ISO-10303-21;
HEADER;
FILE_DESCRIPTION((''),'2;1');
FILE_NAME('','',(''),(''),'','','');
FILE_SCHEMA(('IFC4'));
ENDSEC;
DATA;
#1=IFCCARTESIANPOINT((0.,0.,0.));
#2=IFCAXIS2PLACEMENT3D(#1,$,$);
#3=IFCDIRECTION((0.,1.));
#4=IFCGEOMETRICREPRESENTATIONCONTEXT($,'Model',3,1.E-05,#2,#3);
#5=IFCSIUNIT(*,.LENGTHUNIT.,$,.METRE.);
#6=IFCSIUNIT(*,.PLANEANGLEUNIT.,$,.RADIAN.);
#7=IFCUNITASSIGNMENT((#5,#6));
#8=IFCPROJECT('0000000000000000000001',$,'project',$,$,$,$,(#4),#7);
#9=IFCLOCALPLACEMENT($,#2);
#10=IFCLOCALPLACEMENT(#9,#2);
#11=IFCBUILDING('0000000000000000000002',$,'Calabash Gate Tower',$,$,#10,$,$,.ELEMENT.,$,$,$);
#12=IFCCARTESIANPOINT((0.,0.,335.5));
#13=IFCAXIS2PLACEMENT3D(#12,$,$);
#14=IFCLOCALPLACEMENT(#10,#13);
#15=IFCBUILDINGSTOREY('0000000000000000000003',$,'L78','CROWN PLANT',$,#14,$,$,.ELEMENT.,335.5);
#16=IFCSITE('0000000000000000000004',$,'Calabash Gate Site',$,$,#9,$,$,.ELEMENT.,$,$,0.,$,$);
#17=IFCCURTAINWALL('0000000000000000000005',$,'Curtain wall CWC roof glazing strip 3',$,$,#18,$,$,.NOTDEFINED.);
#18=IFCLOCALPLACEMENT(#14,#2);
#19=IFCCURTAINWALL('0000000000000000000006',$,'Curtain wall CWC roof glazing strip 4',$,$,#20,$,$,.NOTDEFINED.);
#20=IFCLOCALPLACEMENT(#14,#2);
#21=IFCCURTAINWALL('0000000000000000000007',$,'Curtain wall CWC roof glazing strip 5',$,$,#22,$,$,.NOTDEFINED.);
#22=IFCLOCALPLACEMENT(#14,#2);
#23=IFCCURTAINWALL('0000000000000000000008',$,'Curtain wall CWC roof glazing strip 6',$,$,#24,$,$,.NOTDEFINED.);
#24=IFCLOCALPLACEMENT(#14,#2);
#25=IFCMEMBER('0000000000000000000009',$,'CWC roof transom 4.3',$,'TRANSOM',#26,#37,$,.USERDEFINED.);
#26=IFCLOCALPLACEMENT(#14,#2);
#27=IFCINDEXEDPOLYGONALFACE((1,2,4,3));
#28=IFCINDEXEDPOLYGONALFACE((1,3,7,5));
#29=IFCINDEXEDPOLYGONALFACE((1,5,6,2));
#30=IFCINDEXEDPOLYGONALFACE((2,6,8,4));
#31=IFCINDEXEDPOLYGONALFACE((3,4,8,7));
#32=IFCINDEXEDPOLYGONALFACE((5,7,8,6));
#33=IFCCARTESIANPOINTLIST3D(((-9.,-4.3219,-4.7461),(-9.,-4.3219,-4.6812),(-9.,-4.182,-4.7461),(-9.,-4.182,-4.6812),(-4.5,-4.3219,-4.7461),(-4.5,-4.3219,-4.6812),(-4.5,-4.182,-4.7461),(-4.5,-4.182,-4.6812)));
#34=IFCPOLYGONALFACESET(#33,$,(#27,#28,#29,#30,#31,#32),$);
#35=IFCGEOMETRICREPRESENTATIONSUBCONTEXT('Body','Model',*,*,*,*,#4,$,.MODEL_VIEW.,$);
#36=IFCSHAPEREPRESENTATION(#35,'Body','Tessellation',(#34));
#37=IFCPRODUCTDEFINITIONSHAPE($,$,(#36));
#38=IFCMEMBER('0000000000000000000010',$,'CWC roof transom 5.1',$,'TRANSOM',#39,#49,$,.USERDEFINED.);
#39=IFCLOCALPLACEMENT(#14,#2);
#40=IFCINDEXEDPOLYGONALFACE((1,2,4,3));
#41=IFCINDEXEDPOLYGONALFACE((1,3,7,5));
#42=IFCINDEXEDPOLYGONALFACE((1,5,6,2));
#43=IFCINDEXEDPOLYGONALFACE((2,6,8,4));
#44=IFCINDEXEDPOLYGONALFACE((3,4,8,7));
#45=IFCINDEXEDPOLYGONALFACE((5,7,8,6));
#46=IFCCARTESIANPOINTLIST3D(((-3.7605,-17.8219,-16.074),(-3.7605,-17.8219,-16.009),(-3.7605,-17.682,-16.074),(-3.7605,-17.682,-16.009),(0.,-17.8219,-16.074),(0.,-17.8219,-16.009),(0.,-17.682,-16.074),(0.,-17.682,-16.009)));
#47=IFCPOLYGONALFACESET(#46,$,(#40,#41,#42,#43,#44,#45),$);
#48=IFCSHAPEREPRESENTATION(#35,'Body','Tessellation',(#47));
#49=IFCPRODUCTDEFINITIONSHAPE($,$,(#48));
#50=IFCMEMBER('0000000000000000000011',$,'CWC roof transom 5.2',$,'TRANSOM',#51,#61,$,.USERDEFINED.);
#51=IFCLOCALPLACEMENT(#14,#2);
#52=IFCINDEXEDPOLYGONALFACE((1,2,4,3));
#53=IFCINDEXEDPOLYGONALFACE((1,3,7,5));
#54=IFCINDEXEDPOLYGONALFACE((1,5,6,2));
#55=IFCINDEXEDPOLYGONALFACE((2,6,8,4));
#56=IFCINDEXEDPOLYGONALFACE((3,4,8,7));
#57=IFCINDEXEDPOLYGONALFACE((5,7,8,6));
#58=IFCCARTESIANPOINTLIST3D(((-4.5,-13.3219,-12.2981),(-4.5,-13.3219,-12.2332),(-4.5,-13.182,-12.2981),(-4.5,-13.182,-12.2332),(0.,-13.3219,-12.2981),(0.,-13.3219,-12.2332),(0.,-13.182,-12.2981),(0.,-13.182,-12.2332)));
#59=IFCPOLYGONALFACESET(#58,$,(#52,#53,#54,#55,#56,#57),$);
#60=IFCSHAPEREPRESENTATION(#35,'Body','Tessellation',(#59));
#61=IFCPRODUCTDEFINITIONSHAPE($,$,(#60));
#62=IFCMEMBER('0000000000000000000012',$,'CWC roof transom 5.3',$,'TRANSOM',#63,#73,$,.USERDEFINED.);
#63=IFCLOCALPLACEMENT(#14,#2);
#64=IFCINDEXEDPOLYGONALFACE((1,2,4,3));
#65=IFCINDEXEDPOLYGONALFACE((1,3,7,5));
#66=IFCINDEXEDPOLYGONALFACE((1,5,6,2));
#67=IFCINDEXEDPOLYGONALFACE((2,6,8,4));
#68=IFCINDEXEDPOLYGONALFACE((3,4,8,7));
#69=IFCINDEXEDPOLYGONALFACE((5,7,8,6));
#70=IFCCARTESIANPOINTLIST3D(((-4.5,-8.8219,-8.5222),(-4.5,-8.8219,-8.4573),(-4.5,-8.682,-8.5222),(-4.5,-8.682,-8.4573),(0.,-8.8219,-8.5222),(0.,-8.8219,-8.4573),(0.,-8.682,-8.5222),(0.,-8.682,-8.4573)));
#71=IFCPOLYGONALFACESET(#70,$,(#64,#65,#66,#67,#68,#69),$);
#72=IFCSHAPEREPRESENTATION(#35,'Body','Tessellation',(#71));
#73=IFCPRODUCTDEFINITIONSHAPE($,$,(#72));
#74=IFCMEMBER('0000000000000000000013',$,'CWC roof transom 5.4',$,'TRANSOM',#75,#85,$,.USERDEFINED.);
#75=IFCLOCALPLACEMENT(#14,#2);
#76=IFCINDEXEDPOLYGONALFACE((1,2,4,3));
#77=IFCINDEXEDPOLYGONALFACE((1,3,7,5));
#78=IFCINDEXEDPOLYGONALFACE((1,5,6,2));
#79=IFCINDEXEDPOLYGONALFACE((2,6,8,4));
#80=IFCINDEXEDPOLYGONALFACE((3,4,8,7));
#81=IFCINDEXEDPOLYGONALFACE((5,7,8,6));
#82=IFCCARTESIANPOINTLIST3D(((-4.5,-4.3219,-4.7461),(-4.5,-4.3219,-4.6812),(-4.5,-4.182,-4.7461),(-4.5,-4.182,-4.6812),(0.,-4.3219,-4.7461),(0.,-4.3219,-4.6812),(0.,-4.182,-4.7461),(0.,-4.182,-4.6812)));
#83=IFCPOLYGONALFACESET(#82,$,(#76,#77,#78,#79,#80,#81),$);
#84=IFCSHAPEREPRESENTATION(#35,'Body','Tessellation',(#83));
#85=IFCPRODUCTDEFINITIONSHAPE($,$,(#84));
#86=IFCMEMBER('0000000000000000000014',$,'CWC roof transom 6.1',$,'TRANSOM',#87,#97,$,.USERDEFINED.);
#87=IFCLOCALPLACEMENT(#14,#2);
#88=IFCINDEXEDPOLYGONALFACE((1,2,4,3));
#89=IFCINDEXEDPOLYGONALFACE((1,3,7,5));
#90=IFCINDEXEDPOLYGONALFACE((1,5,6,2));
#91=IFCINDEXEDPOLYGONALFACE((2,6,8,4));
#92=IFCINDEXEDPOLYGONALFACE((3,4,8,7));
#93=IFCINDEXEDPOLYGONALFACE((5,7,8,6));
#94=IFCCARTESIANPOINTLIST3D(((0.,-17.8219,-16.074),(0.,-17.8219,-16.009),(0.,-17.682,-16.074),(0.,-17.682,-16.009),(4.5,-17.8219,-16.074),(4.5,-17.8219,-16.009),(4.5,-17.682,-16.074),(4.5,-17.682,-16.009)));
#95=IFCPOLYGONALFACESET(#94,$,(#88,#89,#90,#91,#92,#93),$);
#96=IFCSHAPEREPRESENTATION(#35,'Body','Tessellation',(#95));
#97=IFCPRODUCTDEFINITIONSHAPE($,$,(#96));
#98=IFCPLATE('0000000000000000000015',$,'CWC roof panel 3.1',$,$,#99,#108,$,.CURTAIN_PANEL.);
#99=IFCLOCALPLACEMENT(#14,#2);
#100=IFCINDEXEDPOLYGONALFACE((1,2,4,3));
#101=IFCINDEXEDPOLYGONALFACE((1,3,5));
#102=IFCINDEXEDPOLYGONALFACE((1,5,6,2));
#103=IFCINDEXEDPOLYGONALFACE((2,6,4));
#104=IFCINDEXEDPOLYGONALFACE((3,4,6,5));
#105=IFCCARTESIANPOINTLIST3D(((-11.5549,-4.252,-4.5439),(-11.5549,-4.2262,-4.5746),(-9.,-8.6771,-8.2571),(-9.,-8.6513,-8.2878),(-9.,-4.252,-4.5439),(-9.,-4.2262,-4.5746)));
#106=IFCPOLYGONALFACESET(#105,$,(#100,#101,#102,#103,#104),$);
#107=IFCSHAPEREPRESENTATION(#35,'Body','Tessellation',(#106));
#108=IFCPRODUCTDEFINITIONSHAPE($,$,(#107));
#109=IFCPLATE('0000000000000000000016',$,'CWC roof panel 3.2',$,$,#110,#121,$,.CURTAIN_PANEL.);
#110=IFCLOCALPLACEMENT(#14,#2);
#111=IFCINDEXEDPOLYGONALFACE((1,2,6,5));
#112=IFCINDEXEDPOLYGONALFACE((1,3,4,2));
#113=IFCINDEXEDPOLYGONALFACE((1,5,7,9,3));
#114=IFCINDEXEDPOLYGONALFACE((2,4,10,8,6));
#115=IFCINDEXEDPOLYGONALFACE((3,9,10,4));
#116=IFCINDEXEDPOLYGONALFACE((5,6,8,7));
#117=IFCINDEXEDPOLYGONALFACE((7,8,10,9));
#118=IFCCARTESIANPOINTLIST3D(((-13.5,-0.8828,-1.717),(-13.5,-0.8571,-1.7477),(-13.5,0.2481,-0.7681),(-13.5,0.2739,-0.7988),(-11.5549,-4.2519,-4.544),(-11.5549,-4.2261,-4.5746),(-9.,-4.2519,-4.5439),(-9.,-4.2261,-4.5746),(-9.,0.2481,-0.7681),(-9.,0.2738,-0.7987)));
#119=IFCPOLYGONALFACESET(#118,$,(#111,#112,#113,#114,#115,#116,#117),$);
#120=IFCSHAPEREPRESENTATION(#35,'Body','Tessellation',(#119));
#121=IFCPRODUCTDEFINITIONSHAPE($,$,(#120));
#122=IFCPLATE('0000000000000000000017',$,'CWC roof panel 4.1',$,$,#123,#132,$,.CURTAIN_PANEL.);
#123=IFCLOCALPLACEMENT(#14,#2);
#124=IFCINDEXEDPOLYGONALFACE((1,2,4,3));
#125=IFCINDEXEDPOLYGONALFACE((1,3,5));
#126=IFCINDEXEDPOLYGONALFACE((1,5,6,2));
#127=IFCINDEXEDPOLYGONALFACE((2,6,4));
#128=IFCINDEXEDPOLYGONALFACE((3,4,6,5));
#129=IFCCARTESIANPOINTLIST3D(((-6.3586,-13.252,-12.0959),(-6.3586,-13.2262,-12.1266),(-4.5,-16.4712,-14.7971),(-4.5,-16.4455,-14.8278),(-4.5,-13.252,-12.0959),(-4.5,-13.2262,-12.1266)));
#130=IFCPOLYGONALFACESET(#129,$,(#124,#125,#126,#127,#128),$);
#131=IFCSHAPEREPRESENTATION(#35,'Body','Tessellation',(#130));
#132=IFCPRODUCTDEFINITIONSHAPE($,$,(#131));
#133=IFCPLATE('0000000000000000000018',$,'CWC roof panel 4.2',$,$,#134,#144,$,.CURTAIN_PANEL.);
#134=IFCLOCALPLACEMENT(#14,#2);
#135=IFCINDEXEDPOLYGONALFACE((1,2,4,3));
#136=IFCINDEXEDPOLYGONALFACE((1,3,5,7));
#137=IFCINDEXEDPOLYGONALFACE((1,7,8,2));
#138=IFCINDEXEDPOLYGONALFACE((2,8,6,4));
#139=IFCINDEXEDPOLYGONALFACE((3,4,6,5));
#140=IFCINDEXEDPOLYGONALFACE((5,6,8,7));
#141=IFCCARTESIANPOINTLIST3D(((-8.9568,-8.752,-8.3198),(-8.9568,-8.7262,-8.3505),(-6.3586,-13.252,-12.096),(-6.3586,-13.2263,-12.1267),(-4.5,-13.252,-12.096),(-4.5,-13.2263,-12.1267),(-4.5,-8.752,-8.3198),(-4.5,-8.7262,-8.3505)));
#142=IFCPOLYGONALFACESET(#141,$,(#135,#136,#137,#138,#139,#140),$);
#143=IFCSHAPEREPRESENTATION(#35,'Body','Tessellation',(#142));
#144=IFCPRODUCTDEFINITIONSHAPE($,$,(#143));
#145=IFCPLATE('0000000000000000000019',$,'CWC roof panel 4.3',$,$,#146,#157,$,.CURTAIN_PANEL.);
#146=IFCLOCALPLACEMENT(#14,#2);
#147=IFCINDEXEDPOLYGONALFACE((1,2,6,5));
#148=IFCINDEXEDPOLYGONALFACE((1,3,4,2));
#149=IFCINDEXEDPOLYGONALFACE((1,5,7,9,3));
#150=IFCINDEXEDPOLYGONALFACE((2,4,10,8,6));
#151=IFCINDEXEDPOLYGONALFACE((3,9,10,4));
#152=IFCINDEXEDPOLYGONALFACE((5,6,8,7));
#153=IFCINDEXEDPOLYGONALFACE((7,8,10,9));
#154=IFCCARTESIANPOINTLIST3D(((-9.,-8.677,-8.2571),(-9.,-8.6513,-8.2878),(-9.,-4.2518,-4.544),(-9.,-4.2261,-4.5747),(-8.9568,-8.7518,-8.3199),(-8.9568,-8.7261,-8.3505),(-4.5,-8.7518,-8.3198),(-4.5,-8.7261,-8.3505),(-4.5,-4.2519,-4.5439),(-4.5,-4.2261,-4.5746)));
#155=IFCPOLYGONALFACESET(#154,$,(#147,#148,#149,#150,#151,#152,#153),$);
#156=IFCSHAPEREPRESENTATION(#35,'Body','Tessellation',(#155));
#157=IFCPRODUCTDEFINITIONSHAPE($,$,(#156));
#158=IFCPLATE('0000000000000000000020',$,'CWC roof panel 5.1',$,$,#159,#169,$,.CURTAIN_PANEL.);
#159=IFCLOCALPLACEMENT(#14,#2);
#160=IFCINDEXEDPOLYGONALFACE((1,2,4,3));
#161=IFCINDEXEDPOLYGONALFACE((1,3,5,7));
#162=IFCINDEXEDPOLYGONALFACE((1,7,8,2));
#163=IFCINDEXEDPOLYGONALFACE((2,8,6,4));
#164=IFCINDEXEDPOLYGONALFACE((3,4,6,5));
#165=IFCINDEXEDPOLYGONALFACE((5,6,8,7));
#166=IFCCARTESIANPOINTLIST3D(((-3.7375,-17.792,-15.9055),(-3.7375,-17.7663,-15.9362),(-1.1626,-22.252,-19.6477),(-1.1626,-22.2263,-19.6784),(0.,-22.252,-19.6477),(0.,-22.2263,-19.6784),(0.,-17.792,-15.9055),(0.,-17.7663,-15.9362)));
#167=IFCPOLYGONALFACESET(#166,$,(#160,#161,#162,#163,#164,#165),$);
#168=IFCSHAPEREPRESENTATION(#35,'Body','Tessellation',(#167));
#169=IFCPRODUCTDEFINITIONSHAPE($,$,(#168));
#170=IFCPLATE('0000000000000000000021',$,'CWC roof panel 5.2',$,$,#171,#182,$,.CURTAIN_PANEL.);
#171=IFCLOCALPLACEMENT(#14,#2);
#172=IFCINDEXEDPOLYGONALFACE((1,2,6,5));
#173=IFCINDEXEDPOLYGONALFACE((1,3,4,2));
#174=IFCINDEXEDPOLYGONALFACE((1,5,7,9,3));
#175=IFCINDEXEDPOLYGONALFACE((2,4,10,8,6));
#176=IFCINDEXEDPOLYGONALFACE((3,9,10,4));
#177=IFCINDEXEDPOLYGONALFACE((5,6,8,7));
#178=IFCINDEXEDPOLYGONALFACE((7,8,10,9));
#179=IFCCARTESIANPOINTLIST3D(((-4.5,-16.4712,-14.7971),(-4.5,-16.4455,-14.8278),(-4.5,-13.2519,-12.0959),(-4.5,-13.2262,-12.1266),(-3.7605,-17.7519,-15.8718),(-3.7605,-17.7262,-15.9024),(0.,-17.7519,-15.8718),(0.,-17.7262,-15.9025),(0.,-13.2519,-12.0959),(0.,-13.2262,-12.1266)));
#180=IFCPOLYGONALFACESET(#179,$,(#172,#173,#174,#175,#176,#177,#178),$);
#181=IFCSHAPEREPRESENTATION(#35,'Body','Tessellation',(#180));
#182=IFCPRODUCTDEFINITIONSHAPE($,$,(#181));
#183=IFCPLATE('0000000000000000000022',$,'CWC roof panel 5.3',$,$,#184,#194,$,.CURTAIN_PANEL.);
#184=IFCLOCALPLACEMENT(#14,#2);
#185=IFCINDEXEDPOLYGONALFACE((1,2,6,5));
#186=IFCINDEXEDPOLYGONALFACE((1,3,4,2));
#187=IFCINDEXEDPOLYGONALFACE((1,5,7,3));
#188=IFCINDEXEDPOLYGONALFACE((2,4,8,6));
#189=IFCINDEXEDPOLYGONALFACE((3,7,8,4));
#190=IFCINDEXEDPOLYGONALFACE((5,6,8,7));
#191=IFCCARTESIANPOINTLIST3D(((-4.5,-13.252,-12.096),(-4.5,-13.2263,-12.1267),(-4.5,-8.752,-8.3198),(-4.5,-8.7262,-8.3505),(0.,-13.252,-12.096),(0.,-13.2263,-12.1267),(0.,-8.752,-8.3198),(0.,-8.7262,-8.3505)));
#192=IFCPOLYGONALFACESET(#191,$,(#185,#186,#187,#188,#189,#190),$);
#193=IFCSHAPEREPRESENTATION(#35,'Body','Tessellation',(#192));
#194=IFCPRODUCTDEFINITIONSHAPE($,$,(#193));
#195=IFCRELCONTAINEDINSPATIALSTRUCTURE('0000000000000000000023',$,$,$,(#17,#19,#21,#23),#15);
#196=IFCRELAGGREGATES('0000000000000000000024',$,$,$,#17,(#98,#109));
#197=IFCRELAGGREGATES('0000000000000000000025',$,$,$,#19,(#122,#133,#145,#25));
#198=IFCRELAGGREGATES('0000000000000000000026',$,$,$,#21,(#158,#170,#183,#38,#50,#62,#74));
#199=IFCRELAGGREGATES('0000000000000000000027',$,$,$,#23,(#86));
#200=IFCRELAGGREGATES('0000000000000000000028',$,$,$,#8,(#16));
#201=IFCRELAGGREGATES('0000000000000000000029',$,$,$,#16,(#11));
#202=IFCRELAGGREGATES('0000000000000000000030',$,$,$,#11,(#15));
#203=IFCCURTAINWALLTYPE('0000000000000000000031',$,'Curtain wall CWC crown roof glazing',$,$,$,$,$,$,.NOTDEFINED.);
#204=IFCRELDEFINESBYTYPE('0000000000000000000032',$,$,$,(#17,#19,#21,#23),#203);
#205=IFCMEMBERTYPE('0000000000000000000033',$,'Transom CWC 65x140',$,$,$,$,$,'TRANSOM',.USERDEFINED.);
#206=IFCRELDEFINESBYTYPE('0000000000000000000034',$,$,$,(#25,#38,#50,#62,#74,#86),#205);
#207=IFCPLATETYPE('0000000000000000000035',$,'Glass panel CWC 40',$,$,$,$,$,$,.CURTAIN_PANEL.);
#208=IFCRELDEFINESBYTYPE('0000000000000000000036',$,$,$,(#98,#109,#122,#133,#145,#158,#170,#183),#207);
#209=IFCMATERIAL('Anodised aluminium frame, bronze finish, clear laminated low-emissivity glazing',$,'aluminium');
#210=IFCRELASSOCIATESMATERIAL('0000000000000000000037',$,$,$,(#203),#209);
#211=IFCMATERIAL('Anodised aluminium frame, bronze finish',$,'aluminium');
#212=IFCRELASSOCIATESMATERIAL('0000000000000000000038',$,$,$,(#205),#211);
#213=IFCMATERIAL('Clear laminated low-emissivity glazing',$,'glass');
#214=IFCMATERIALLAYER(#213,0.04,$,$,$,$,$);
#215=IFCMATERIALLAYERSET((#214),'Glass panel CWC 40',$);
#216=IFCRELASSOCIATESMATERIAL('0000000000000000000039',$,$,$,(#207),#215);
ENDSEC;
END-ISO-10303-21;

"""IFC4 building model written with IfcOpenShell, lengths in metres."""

from ifc_helpers import new_model, si_unit, direction, frame, origin, origin_2d, place, context, subcontext, project, spatial, polyline, rectangle, outline, extrude, material, layer, layer_set, material_profile, profile_set, type_object, element, aggregate, save


model = new_model("IFC4")

# Units and contexts
model_context = context("Model", 3, precision=1e-05, world=origin(), true_north=direction((0.0, 1.0)))
body_context = subcontext(model_context, "Body", "Model", "MODEL_VIEW")
ifc_project = project(units=[si_unit("LENGTHUNIT", "METRE"), si_unit("PLANEANGLEUNIT", "RADIAN")], contexts=[model_context])

# Site, building, storey
site_placement = place(None, origin())
site = spatial("IfcSite", under=ifc_project, at=site_placement, Name="Calabash Gate Site", CompositionType="ELEMENT", RefElevation=0.0)
building_placement = place(site_placement, origin())
building = spatial("IfcBuilding", under=site, at=building_placement, Name="Calabash Gate Tower", CompositionType="ELEMENT")
storey_placement = place(building_placement, frame((0.0, 0.0, 335.5)))
storey = spatial("IfcBuildingStorey", under=building, at=storey_placement, Name="L78", Description="CROWN PLANT", CompositionType="ELEMENT", Elevation=335.5)

# Curtain walls
ifc_material_1 = material(Name="Anodised aluminium frame, bronze finish, clear laminated low-emissivity glazing", Category="aluminium")
curtain_wall_type = type_object("IfcCurtainWallType", Name="Curtain wall CWC crown roof glazing", PredefinedType="NOTDEFINED", material=ifc_material_1)
curtain_wall_1_placement = place(storey_placement, origin())
curtain_wall_1 = element("IfcCurtainWall", 1, at=curtain_wall_1_placement, inside=storey, type_object=curtain_wall_type, Name="Curtain wall CWC roof glazing strip 3", PredefinedType="NOTDEFINED")
curtain_wall_2_placement = place(storey_placement, origin())
curtain_wall_2 = element("IfcCurtainWall", 2, at=curtain_wall_2_placement, inside=storey, type_object=curtain_wall_type, Name="Curtain wall CWC roof glazing strip 4", PredefinedType="NOTDEFINED")
curtain_wall_3_placement = place(storey_placement, origin())
curtain_wall_3 = element("IfcCurtainWall", 3, at=curtain_wall_3_placement, inside=storey, type_object=curtain_wall_type, Name="Curtain wall CWC roof glazing strip 5", PredefinedType="NOTDEFINED")
curtain_wall_4_placement = place(storey_placement, origin())
curtain_wall_4 = element("IfcCurtainWall", 4, at=curtain_wall_4_placement, inside=storey, type_object=curtain_wall_type, Name="Curtain wall CWC roof glazing strip 6", PredefinedType="NOTDEFINED")

# Members
ifc_material_2 = material(Name="Anodised aluminium frame, bronze finish", Category="aluminium")
ifc_material_profile_1 = material_profile(ifc_material_2, rectangle(XDim=0.1399, YDim=0.0649, at=origin_2d()))
ifc_profile_set_1 = profile_set([ifc_material_profile_1], Name="Anodised aluminium frame, bronze finish")
member_type_1 = type_object("IfcMemberType", Name="Transom CWC 65x140", ElementType="TRANSOM", PredefinedType="USERDEFINED", material=ifc_profile_set_1)
member_1_placement = place(storey_placement, frame((-9.0, -4.252, -4.7136), z_axis=(1.0, 0.0, 0.0), x_axis=(0.0, 1.0, 0.0)))
member_1 = element("IfcMember", 5, at=member_1_placement, type_object=member_type_1, Name="CWC roof transom 4.3", ObjectType="TRANSOM", PredefinedType="USERDEFINED", context=body_context, shape_type="SweptSolid", body=[
    extrude(rectangle(XDim=0.1399, YDim=0.0649, at=origin_2d()), origin(), (0.0, 0.0, 1.0), 4.5),
])
member_2_placement = place(storey_placement, frame((-3.7605, -17.752, -16.0415), z_axis=(1.0, 0.0, 0.0), x_axis=(0.0, 1.0, 0.0)))
member_2 = element("IfcMember", 6, at=member_2_placement, type_object=member_type_1, Name="CWC roof transom 5.1", ObjectType="TRANSOM", PredefinedType="USERDEFINED", context=body_context, shape_type="SweptSolid", body=[
    extrude(rectangle(XDim=0.1399, YDim=0.0649, at=origin_2d()), origin(), (0.0, 0.0, 1.0), 3.7605),
])
member_3_placement = place(storey_placement, frame((-4.5, -13.252, -12.2656), z_axis=(1.0, 0.0, 0.0), x_axis=(0.0, 1.0, 0.0)))
member_3 = element("IfcMember", 7, at=member_3_placement, type_object=member_type_1, Name="CWC roof transom 5.2", ObjectType="TRANSOM", PredefinedType="USERDEFINED", context=body_context, shape_type="SweptSolid", body=[
    extrude(rectangle(XDim=0.1399, YDim=0.0649, at=origin_2d()), origin(), (0.0, 0.0, 1.0), 4.5),
])
member_4_placement = place(storey_placement, frame((-4.5, -8.752, -8.4897), z_axis=(1.0, 0.0, 0.0), x_axis=(0.0, 1.0, 0.0)))
member_4 = element("IfcMember", 8, at=member_4_placement, type_object=member_type_1, Name="CWC roof transom 5.3", ObjectType="TRANSOM", PredefinedType="USERDEFINED", context=body_context, shape_type="SweptSolid", body=[
    extrude(rectangle(XDim=0.1399, YDim=0.0649, at=origin_2d()), origin(), (0.0, 0.0, 1.0), 4.5),
])
member_5_placement = place(storey_placement, frame((-4.5, -4.252, -4.7136), z_axis=(1.0, 0.0, 0.0), x_axis=(0.0, 1.0, 0.0)))
member_5 = element("IfcMember", 9, at=member_5_placement, type_object=member_type_1, Name="CWC roof transom 5.4", ObjectType="TRANSOM", PredefinedType="USERDEFINED", context=body_context, shape_type="SweptSolid", body=[
    extrude(rectangle(XDim=0.1399, YDim=0.0649, at=origin_2d()), origin(), (0.0, 0.0, 1.0), 4.5),
])
member_6_placement = place(storey_placement, frame((0.0, -17.752, -16.0415), z_axis=(1.0, 0.0, 0.0), x_axis=(0.0, 1.0, 0.0)))
member_6 = element("IfcMember", 10, at=member_6_placement, type_object=member_type_1, Name="CWC roof transom 6.1", ObjectType="TRANSOM", PredefinedType="USERDEFINED", context=body_context, shape_type="SweptSolid", body=[
    extrude(rectangle(XDim=0.1399, YDim=0.0649, at=origin_2d()), origin(), (0.0, 0.0, 1.0), 4.5),
])

# Plates
ifc_material_3 = material(Name="Clear laminated low-emissivity glazing", Category="glass")
ifc_layer_1 = layer(ifc_material_3, 0.04)
ifc_layer_set_1 = layer_set([ifc_layer_1], Name="Glass panel CWC 40")
plate_type = type_object("IfcPlateType", Name="Glass panel CWC 40", PredefinedType="CURTAIN_PANEL", material=ifc_layer_set_1)
plate_1_placement = place(storey_placement, frame((-11.5549, -4.252, -4.5439), z_axis=(0.0, -0.642796, 0.766038), x_axis=(1.0, 0.0, 0.0)))
plate_1 = element("IfcPlate", 11, at=plate_1_placement, type_object=plate_type, Name="CWC roof panel 3.1", PredefinedType="CURTAIN_PANEL", context=body_context, shape_type="SweptSolid", body=[
    extrude(outline(polyline([(0.0, 0.0), (2.5549, 0.0), (2.5549, -5.7766), (0.0, 0.0)])), origin(), (0.0, 0.0, -1.0), 0.04),
])
plate_2_placement = place(storey_placement, frame((-13.5, -0.8828, -1.717), z_axis=(-0.000009, -0.642783, 0.766048), x_axis=(0.0, 0.766048, 0.642783)))
plate_2 = element("IfcPlate", 12, at=plate_2_placement, type_object=plate_type, Name="CWC roof panel 3.2", PredefinedType="CURTAIN_PANEL", context=body_context, shape_type="SweptSolid", body=[
    extrude(outline(polyline([(0.0, 0.0), (1.4763, 0.0), (1.4763, -4.5), (-4.3979, -4.5), (-4.3979, -1.9451), (0.0, 0.0)])), origin(), (0.0, 0.0, -1.0), 0.04),
])
aggregate(curtain_wall_1, [plate_1, plate_2])
plate_3_placement = place(storey_placement, frame((-6.3586, -13.252, -12.0959), z_axis=(0.0, -0.642775, 0.766055), x_axis=(1.0, 0.0, 0.0)))
plate_3 = element("IfcPlate", 13, at=plate_3_placement, type_object=plate_type, Name="CWC roof panel 4.1", PredefinedType="CURTAIN_PANEL", context=body_context, shape_type="SweptSolid", body=[
    extrude(outline(polyline([(0.0, 0.0), (1.8586, 0.0), (1.8586, -4.2024), (0.0, 0.0)])), origin(), (0.0, 0.0, -1.0), 0.04),
])
plate_4_placement = place(storey_placement, frame((-8.9568, -8.752, -8.3198), z_axis=(0.0, -0.642805, 0.76603), x_axis=(1.0, 0.0, 0.0)))
plate_4 = element("IfcPlate", 14, at=plate_4_placement, type_object=plate_type, Name="CWC roof panel 4.2", PredefinedType="CURTAIN_PANEL", context=body_context, shape_type="SweptSolid", body=[
    extrude(outline(polyline([(0.0, 0.0), (4.4568, 0.0), (4.4568, -5.8745), (2.5981, -5.8745), (0.0, 0.0)])), origin(), (0.0, 0.0, -1.0), 0.04),
])
plate_5_placement = place(storey_placement, frame((-9.0, -8.677, -8.2571), z_axis=(-0.000012, -0.642781, 0.76605), x_axis=(0.0, 0.76605, 0.642781)))
plate_5 = element("IfcPlate", 15, at=plate_5_placement, type_object=plate_type, Name="CWC roof panel 4.3", PredefinedType="CURTAIN_PANEL", context=body_context, shape_type="SweptSolid", body=[
    extrude(outline(polyline([(0.0, 0.0), (5.7766, 0.0), (5.7766, -4.5), (-0.0977, -4.5), (-0.0977, -0.0432), (0.0, 0.0)])), origin(), (0.0, 0.0, -1.0), 0.04),
])
aggregate(curtain_wall_2, [plate_3, plate_4, plate_5, member_1])
plate_6_placement = place(storey_placement, frame((-3.7375, -17.792, -15.9055), z_axis=(0.0, -0.642771, 0.766058), x_axis=(1.0, 0.0, 0.0)))
plate_6 = element("IfcPlate", 16, at=plate_6_placement, type_object=plate_type, Name="CWC roof panel 5.1", PredefinedType="CURTAIN_PANEL", context=body_context, shape_type="SweptSolid", body=[
    extrude(outline(polyline([(0.0, 0.0), (3.7375, 0.0), (3.7375, -5.822), (2.575, -5.822), (0.0, 0.0)])), origin(), (0.0, 0.0, -1.0), 0.04),
])
plate_7_placement = place(storey_placement, frame((-4.5, -16.4712, -14.7971), z_axis=(0.000003, -0.64278, 0.766051), x_axis=(0.0, 0.766051, 0.64278)))
plate_7 = element("IfcPlate", 17, at=plate_7_placement, type_object=plate_type, Name="CWC roof panel 5.2", PredefinedType="CURTAIN_PANEL", context=body_context, shape_type="SweptSolid", body=[
    extrude(outline(polyline([(0.0, 0.0), (4.2024, 0.0), (4.2024, -4.5), (-1.6719, -4.5), (-1.6719, -0.7395), (0.0, 0.0)])), origin(), (0.0, 0.0, -1.0), 0.04),
])
plate_8_placement = place(storey_placement, frame((-4.5, -8.752, -8.3198), z_axis=(0.0, -0.642805, 0.76603), x_axis=(1.0, 0.0, 0.0)))
plate_8 = element("IfcPlate", 18, at=plate_8_placement, type_object=plate_type, Name="CWC roof panel 5.3", PredefinedType="CURTAIN_PANEL", context=body_context, shape_type="SweptSolid", body=[
    extrude(outline(polyline([(0.0, 0.0), (4.5, 0.0), (4.5, -5.8745), (0.0, -5.8745), (0.0, 0.0)])), origin(), (0.0, 0.0, -1.0), 0.04),
])
aggregate(curtain_wall_3, [plate_6, plate_7, plate_8, member_2, member_3, member_4, member_5])
aggregate(curtain_wall_4, [member_6])

save(model, "model.ifc")
